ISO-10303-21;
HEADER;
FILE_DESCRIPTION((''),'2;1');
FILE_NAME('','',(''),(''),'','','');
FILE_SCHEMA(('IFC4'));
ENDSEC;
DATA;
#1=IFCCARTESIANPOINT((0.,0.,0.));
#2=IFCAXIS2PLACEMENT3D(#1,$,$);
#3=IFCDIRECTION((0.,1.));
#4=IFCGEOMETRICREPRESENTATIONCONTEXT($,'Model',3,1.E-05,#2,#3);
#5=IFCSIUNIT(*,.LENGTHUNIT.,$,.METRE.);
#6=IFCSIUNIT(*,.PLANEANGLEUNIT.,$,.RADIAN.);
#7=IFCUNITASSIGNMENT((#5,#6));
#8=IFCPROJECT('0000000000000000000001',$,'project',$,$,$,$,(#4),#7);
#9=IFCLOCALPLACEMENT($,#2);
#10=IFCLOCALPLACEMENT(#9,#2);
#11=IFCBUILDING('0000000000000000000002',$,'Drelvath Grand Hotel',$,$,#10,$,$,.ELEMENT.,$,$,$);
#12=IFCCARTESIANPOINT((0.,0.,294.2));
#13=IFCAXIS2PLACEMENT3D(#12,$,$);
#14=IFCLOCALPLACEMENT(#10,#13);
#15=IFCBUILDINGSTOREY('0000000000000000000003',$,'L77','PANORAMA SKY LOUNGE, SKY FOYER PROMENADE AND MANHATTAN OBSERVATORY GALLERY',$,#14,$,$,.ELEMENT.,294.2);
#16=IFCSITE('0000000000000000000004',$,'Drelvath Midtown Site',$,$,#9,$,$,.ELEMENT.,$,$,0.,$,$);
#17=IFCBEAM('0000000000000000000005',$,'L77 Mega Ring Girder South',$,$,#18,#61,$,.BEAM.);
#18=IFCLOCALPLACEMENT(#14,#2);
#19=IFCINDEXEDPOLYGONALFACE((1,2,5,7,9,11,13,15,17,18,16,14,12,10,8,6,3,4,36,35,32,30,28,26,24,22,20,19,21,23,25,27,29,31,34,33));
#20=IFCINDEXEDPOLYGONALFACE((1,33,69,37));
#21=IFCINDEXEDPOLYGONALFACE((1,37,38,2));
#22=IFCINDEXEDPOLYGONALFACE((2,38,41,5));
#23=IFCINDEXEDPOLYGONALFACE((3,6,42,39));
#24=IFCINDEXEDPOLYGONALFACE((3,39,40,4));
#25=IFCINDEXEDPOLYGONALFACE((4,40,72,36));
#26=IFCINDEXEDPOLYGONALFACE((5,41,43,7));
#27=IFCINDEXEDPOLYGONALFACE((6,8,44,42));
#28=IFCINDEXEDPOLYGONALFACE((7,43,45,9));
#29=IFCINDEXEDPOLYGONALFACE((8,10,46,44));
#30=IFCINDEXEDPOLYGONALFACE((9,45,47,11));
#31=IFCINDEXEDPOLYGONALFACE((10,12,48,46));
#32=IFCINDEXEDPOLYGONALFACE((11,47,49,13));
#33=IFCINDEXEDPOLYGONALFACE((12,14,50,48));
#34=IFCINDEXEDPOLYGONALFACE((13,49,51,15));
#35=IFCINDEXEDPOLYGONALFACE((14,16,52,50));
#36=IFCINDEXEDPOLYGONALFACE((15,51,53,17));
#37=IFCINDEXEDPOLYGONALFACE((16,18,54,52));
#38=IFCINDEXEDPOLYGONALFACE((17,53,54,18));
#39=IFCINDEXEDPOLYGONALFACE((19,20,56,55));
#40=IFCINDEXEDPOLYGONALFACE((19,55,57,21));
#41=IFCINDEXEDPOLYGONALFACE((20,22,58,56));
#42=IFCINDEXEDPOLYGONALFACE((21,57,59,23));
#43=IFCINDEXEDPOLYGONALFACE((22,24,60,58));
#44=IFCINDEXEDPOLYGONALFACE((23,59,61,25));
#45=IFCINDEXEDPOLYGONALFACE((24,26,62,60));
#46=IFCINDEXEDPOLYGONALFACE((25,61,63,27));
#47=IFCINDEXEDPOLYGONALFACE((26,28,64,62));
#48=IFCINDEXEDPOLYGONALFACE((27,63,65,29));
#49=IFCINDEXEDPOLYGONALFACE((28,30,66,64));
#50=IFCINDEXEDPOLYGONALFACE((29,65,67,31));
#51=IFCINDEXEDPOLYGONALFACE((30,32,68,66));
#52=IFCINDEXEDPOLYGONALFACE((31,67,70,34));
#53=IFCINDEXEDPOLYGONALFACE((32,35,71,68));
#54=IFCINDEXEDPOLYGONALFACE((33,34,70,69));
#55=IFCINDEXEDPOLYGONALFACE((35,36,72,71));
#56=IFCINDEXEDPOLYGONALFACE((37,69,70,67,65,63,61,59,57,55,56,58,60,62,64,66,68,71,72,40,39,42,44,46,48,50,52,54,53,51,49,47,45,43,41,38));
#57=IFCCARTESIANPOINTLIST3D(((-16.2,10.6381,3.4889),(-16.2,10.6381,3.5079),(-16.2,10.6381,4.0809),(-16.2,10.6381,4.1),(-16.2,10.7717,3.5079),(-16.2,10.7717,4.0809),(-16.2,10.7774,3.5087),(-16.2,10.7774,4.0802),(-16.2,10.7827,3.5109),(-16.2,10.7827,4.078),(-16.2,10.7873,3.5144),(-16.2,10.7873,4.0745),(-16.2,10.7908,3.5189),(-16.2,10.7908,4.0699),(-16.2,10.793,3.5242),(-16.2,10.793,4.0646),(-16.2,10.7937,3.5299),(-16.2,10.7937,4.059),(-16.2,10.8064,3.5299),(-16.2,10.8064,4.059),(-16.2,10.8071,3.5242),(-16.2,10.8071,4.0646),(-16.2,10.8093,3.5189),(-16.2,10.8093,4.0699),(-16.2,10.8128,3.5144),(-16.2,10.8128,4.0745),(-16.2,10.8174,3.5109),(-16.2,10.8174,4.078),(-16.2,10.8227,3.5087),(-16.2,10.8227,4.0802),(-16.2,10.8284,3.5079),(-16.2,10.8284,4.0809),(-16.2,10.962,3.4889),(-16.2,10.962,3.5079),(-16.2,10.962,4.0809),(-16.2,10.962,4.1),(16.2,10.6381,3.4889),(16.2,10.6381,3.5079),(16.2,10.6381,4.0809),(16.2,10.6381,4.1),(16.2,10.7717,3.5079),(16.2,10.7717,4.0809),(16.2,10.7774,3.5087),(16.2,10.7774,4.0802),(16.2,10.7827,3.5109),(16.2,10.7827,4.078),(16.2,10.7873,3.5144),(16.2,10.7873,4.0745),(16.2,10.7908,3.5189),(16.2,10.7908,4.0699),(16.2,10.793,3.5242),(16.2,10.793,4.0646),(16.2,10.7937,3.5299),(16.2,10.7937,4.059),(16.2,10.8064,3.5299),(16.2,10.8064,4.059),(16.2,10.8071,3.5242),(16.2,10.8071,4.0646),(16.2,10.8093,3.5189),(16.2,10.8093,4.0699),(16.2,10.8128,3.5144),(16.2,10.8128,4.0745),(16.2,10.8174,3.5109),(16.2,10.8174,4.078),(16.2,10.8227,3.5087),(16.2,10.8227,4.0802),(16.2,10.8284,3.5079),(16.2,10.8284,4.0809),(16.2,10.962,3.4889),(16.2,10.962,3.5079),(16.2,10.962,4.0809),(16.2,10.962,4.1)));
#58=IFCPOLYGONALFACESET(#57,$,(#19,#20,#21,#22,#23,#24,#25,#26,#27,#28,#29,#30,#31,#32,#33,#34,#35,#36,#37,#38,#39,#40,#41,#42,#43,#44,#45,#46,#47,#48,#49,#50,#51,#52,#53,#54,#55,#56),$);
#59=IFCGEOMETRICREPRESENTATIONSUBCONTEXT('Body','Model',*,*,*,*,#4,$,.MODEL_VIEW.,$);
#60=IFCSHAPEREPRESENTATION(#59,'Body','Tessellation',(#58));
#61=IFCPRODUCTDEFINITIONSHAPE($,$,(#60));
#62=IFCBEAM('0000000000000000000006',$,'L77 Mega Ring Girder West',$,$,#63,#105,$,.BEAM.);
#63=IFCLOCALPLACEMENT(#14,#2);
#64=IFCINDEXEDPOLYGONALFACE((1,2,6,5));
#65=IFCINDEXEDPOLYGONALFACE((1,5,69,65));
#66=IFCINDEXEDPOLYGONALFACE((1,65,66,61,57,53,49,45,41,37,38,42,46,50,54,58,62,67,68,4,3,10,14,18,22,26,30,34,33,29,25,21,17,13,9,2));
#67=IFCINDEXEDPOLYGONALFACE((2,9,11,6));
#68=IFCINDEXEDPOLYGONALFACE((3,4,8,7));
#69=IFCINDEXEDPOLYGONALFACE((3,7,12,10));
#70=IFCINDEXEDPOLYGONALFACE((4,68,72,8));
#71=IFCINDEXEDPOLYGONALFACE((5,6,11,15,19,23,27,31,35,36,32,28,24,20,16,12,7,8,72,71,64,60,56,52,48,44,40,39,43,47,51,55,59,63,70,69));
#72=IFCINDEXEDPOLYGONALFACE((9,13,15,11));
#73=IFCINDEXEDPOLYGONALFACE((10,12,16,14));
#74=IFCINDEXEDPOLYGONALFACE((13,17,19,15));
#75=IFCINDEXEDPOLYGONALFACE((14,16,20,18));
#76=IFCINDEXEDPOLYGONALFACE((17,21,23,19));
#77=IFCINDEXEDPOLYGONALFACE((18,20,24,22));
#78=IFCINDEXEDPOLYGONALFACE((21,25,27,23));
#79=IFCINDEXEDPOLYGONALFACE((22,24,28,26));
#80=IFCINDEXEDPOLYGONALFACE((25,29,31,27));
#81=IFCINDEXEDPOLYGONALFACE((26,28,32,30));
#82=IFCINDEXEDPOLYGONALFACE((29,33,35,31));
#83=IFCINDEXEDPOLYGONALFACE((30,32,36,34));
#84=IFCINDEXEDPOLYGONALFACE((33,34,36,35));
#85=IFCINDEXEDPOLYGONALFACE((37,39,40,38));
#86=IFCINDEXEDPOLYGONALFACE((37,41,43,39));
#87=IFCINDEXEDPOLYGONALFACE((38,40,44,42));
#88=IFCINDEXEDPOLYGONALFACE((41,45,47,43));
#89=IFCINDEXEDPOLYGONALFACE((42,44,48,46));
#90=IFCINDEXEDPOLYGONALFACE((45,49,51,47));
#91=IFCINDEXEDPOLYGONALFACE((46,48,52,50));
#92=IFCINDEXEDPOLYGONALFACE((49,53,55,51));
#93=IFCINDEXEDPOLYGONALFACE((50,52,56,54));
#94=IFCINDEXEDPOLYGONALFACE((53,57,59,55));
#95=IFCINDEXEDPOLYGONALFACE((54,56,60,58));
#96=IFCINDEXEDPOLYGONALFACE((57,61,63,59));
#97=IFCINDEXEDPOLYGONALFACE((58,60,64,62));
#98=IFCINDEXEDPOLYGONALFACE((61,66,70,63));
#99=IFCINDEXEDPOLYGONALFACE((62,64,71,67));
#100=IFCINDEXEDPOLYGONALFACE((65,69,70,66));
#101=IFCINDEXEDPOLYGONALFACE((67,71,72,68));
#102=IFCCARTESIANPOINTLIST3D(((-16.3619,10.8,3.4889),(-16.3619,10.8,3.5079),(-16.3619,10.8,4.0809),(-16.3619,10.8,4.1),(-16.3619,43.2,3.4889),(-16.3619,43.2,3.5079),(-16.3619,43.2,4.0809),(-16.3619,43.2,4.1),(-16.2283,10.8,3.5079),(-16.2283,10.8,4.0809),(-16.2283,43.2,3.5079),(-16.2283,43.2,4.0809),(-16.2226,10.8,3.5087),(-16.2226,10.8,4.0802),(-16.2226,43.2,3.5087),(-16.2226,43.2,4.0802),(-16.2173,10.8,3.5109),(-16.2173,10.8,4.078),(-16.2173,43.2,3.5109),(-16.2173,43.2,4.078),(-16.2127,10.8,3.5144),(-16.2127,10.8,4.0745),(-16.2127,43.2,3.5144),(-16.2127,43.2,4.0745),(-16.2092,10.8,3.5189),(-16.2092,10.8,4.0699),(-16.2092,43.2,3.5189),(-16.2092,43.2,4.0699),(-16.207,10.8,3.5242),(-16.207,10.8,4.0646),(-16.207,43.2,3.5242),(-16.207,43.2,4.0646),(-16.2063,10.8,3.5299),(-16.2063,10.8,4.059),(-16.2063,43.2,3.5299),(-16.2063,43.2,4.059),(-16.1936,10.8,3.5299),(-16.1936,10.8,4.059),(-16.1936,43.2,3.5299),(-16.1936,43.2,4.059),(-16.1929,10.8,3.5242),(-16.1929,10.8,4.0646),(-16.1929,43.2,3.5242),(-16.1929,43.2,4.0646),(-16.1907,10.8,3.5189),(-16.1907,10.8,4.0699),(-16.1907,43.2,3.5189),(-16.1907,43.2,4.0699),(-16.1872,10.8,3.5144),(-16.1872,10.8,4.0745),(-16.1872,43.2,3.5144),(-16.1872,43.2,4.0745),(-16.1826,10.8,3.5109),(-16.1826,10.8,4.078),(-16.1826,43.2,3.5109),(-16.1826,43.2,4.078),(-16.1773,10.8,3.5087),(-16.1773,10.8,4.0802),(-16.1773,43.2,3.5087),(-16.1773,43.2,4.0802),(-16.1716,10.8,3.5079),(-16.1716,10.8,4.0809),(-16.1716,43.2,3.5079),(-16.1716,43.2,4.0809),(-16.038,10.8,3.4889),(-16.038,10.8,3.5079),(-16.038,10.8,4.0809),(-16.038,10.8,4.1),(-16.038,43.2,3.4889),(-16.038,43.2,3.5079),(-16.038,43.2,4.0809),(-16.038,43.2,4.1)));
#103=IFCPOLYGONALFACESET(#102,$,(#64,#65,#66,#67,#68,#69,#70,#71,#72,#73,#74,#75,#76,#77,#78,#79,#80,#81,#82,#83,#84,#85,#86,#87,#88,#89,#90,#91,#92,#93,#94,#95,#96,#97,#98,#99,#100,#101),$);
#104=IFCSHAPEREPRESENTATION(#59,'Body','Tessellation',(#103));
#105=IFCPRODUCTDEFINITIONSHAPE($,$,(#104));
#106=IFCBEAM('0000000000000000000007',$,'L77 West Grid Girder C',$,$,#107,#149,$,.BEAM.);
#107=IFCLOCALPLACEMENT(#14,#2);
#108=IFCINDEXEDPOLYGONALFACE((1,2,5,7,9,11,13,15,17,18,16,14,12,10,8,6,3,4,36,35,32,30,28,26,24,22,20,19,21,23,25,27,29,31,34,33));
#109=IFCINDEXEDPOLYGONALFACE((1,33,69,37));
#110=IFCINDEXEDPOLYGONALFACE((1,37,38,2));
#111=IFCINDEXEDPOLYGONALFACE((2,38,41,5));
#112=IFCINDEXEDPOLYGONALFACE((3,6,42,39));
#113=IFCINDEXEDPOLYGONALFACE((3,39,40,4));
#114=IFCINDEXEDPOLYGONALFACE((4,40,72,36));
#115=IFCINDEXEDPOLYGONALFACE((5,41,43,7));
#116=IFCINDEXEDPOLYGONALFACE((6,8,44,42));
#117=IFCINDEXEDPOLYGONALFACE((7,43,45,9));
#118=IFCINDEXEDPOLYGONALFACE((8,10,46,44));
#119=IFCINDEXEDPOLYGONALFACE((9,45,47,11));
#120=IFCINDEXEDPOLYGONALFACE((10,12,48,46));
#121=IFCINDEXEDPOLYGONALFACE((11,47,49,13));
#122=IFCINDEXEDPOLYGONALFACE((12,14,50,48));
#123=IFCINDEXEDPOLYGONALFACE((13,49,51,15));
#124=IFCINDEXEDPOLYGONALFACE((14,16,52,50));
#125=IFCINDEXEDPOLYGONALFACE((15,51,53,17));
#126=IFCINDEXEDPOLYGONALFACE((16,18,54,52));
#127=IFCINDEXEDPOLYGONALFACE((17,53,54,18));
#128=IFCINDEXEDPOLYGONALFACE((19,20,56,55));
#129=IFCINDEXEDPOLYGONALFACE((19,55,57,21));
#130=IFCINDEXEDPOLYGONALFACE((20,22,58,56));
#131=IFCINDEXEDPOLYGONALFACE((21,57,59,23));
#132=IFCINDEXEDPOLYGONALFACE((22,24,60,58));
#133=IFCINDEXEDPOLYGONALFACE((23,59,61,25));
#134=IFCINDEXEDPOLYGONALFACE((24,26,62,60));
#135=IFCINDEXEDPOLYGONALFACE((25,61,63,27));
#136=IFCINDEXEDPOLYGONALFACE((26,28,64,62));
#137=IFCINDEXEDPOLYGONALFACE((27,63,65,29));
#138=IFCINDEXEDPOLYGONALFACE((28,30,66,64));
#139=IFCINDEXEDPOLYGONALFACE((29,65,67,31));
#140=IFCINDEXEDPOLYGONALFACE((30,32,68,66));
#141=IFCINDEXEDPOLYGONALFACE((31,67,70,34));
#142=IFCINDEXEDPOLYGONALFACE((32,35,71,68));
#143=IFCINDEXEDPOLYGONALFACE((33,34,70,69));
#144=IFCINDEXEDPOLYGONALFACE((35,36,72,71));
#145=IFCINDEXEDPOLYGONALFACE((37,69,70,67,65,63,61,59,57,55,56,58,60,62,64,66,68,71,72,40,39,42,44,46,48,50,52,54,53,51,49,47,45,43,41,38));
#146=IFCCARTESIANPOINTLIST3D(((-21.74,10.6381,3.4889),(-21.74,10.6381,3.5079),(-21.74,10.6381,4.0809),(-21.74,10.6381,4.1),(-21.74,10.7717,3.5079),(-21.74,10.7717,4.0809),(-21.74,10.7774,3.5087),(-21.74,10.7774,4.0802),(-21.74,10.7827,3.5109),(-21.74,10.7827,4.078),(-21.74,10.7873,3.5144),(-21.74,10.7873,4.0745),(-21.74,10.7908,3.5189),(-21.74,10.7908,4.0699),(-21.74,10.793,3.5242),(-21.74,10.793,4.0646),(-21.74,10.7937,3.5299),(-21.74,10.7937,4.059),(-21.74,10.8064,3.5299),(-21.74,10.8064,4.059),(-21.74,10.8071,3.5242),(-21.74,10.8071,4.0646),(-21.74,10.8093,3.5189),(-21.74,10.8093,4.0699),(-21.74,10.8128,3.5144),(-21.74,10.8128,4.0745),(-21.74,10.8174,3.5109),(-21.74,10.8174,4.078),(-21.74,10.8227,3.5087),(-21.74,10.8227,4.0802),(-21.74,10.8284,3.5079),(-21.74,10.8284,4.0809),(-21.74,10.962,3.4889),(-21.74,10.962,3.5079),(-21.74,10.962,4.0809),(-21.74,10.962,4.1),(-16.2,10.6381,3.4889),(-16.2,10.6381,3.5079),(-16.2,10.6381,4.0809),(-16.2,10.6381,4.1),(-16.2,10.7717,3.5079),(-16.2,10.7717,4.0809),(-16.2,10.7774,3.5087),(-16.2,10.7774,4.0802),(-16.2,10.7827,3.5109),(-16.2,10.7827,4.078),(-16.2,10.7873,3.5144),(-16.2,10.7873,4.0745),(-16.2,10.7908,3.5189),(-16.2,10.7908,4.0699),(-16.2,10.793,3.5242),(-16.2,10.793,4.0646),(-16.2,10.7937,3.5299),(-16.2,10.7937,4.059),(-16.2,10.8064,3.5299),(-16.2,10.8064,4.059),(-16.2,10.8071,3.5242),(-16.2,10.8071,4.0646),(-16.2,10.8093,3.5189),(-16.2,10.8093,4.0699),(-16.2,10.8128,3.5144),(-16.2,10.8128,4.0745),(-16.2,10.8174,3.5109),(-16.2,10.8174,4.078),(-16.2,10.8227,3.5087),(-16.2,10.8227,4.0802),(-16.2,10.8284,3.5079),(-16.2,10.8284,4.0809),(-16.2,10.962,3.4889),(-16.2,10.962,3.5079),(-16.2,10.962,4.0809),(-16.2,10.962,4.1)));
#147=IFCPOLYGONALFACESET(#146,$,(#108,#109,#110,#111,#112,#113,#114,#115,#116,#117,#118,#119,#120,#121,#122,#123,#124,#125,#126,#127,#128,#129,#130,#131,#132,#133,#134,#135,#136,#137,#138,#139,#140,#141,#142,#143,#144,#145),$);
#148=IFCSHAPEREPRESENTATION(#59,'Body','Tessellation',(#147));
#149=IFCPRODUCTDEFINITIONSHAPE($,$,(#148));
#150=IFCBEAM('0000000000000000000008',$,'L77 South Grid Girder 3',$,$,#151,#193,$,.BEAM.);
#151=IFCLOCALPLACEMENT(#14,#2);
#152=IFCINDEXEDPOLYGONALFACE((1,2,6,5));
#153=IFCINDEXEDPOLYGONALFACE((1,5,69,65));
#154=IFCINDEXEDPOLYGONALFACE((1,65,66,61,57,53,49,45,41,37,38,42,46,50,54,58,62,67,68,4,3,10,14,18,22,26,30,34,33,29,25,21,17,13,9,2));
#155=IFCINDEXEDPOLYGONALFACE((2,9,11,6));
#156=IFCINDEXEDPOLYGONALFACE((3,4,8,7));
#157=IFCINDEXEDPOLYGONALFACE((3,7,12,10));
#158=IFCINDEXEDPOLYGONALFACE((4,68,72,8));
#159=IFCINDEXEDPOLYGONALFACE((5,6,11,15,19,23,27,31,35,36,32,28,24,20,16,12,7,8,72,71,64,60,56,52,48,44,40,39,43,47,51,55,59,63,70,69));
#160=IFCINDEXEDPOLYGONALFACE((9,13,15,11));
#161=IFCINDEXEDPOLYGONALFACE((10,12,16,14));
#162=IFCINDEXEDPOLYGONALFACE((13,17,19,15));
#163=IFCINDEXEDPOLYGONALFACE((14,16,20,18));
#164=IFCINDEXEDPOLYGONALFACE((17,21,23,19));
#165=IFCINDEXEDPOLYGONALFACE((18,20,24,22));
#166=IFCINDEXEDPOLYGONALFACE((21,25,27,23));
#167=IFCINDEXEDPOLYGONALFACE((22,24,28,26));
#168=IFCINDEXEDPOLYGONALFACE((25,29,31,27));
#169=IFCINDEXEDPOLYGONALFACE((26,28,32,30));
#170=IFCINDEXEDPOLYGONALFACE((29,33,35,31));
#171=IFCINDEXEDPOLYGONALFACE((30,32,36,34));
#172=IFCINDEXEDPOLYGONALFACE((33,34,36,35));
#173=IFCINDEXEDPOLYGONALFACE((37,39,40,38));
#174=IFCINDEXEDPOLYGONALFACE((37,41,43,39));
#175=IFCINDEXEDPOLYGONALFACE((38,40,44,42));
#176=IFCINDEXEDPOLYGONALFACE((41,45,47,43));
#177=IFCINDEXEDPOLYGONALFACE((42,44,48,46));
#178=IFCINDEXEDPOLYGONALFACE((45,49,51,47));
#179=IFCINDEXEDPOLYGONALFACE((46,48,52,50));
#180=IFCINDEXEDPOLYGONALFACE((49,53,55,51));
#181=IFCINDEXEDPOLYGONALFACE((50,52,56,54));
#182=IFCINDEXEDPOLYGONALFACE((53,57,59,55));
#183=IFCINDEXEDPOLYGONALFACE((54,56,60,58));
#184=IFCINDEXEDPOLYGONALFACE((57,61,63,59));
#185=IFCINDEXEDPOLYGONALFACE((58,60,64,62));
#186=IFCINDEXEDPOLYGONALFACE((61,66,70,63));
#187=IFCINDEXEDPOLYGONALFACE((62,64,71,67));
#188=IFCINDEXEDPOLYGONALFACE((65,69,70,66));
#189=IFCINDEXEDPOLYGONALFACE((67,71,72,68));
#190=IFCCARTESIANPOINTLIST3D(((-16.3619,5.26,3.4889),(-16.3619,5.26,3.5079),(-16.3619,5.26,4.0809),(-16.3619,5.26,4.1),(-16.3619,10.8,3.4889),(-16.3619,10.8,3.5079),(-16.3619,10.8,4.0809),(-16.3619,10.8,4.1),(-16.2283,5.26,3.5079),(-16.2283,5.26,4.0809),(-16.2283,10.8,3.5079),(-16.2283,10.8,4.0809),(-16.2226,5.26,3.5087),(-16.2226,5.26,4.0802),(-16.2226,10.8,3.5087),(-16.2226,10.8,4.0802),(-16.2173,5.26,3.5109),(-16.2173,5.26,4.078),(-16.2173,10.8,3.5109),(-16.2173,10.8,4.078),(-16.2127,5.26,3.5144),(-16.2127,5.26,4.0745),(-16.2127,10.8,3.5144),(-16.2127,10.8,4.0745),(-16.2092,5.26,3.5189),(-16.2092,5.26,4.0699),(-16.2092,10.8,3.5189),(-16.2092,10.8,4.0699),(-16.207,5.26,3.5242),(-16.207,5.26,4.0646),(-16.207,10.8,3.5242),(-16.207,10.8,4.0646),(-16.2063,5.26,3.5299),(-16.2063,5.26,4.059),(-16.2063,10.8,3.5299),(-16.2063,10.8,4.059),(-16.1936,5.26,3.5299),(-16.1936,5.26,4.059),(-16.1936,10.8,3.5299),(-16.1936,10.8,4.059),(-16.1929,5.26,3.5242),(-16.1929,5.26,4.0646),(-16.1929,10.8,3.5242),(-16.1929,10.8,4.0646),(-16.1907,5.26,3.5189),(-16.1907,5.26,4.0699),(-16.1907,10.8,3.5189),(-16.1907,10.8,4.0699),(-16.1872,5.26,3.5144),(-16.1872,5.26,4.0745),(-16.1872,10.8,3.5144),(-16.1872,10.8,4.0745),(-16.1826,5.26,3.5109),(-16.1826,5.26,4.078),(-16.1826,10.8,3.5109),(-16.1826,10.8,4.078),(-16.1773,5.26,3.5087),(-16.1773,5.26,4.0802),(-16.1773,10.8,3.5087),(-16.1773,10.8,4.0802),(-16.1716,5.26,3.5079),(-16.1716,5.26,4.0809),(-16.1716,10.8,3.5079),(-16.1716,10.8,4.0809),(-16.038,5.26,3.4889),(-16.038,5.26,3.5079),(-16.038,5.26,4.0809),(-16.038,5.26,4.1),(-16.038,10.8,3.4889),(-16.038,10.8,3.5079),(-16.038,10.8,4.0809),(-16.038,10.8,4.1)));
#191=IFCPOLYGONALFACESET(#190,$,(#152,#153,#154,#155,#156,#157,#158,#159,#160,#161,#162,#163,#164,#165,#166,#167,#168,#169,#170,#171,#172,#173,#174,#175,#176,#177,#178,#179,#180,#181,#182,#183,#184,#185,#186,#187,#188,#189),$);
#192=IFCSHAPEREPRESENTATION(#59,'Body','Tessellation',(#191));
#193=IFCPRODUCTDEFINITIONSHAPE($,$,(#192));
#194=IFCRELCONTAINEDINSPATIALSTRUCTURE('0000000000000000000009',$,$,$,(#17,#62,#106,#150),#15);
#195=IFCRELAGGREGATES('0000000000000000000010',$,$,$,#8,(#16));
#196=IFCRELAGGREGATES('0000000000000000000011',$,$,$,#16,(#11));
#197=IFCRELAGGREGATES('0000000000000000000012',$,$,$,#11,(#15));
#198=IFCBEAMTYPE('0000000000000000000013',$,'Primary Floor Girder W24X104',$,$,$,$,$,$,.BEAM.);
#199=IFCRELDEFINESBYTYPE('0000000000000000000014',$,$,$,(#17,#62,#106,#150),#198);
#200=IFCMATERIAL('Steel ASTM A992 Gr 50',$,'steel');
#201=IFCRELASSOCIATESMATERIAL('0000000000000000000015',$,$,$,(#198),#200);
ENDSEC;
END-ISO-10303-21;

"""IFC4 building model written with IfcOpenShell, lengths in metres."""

from ifc_helpers import new_model, si_unit, direction, frame, origin, origin_2d, place, context, subcontext, project, spatial, i_section, extrude, material, material_profile, profile_set, type_object, element, save


model = new_model("IFC4")

# Units and contexts
model_context = context("Model", 3, precision=1e-05, world=origin(), true_north=direction((0.0, 1.0)))
body_context = subcontext(model_context, "Body", "Model", "MODEL_VIEW")
ifc_project = project(units=[si_unit("LENGTHUNIT", "METRE"), si_unit("PLANEANGLEUNIT", "RADIAN")], contexts=[model_context])

# Site, building, storey
site_placement = place(None, origin())
site = spatial("IfcSite", under=ifc_project, at=site_placement, Name="Drelvath Midtown Site", CompositionType="ELEMENT", RefElevation=0.0)
building_placement = place(site_placement, origin())
building = spatial("IfcBuilding", under=site, at=building_placement, Name="Drelvath Grand Hotel", CompositionType="ELEMENT")
storey_placement = place(building_placement, frame((0.0, 0.0, 294.2)))
storey = spatial("IfcBuildingStorey", under=building, at=storey_placement, Name="L77", Description="PANORAMA SKY LOUNGE, SKY FOYER PROMENADE AND MANHATTAN OBSERVATORY GALLERY", CompositionType="ELEMENT", Elevation=294.2)

# Shared definitions
ifc_material_1 = material(Name="Steel ASTM A992 Gr 50", Category="steel")

# Beams
ifc_material_profile_1 = material_profile(ifc_material_1, i_section(OverallWidth=0.324, OverallDepth=0.6111, WebThickness=0.0127, FlangeThickness=0.019, FilletRadius=0.022, at=origin_2d()), Name="W24X104")
ifc_profile_set_1 = profile_set([ifc_material_profile_1], Name="Steel ASTM A992 Gr 50")
beam_type_1 = type_object("IfcBeamType", Name="Primary Floor Girder W24X104", PredefinedType="BEAM", material=ifc_profile_set_1)
for number, where, z_axis, x_axis, name in (
    (1, (-16.2, 10.8, 3.7944), (1.0, 0.0, 0.0), (0.0, 1.0, 0.0), "L77 Mega Ring Girder South"),
    (2, (-16.2, 10.8, 3.7944), (0.0, 1.0, 0.0), (-1.0, 0.0, 0.0), "L77 Mega Ring Girder West"),
):
    element("IfcBeam", number, at=place(storey_placement, frame(where, z_axis=z_axis, x_axis=x_axis)), inside=storey, type_object=beam_type_1, Name=name, PredefinedType="BEAM", context=body_context, shape_type="SweptSolid", body=[
        extrude(i_section(OverallWidth=0.324, OverallDepth=0.6111, WebThickness=0.0127, FlangeThickness=0.019, FilletRadius=0.022, at=origin_2d()), origin(), (0.0, 0.0, 1.0), 32.3999),
    ])
for number, where, z_axis, x_axis, name in (
    (3, (-21.74, 10.8, 3.7944), (1.0, 0.0, 0.0), (0.0, 1.0, 0.0), "L77 West Grid Girder C"),
    (4, (-16.2, 5.26, 3.7944), (0.0, 1.0, 0.0), (-1.0, 0.0, 0.0), "L77 South Grid Girder 3"),
):
    element("IfcBeam", number, at=place(storey_placement, frame(where, z_axis=z_axis, x_axis=x_axis)), inside=storey, type_object=beam_type_1, Name=name, PredefinedType="BEAM", context=body_context, shape_type="SweptSolid", body=[
        extrude(i_section(OverallWidth=0.324, OverallDepth=0.6111, WebThickness=0.0127, FlangeThickness=0.019, FilletRadius=0.022, at=origin_2d()), origin(), (0.0, 0.0, 1.0), 5.54),
    ])

save(model, "model.ifc")
